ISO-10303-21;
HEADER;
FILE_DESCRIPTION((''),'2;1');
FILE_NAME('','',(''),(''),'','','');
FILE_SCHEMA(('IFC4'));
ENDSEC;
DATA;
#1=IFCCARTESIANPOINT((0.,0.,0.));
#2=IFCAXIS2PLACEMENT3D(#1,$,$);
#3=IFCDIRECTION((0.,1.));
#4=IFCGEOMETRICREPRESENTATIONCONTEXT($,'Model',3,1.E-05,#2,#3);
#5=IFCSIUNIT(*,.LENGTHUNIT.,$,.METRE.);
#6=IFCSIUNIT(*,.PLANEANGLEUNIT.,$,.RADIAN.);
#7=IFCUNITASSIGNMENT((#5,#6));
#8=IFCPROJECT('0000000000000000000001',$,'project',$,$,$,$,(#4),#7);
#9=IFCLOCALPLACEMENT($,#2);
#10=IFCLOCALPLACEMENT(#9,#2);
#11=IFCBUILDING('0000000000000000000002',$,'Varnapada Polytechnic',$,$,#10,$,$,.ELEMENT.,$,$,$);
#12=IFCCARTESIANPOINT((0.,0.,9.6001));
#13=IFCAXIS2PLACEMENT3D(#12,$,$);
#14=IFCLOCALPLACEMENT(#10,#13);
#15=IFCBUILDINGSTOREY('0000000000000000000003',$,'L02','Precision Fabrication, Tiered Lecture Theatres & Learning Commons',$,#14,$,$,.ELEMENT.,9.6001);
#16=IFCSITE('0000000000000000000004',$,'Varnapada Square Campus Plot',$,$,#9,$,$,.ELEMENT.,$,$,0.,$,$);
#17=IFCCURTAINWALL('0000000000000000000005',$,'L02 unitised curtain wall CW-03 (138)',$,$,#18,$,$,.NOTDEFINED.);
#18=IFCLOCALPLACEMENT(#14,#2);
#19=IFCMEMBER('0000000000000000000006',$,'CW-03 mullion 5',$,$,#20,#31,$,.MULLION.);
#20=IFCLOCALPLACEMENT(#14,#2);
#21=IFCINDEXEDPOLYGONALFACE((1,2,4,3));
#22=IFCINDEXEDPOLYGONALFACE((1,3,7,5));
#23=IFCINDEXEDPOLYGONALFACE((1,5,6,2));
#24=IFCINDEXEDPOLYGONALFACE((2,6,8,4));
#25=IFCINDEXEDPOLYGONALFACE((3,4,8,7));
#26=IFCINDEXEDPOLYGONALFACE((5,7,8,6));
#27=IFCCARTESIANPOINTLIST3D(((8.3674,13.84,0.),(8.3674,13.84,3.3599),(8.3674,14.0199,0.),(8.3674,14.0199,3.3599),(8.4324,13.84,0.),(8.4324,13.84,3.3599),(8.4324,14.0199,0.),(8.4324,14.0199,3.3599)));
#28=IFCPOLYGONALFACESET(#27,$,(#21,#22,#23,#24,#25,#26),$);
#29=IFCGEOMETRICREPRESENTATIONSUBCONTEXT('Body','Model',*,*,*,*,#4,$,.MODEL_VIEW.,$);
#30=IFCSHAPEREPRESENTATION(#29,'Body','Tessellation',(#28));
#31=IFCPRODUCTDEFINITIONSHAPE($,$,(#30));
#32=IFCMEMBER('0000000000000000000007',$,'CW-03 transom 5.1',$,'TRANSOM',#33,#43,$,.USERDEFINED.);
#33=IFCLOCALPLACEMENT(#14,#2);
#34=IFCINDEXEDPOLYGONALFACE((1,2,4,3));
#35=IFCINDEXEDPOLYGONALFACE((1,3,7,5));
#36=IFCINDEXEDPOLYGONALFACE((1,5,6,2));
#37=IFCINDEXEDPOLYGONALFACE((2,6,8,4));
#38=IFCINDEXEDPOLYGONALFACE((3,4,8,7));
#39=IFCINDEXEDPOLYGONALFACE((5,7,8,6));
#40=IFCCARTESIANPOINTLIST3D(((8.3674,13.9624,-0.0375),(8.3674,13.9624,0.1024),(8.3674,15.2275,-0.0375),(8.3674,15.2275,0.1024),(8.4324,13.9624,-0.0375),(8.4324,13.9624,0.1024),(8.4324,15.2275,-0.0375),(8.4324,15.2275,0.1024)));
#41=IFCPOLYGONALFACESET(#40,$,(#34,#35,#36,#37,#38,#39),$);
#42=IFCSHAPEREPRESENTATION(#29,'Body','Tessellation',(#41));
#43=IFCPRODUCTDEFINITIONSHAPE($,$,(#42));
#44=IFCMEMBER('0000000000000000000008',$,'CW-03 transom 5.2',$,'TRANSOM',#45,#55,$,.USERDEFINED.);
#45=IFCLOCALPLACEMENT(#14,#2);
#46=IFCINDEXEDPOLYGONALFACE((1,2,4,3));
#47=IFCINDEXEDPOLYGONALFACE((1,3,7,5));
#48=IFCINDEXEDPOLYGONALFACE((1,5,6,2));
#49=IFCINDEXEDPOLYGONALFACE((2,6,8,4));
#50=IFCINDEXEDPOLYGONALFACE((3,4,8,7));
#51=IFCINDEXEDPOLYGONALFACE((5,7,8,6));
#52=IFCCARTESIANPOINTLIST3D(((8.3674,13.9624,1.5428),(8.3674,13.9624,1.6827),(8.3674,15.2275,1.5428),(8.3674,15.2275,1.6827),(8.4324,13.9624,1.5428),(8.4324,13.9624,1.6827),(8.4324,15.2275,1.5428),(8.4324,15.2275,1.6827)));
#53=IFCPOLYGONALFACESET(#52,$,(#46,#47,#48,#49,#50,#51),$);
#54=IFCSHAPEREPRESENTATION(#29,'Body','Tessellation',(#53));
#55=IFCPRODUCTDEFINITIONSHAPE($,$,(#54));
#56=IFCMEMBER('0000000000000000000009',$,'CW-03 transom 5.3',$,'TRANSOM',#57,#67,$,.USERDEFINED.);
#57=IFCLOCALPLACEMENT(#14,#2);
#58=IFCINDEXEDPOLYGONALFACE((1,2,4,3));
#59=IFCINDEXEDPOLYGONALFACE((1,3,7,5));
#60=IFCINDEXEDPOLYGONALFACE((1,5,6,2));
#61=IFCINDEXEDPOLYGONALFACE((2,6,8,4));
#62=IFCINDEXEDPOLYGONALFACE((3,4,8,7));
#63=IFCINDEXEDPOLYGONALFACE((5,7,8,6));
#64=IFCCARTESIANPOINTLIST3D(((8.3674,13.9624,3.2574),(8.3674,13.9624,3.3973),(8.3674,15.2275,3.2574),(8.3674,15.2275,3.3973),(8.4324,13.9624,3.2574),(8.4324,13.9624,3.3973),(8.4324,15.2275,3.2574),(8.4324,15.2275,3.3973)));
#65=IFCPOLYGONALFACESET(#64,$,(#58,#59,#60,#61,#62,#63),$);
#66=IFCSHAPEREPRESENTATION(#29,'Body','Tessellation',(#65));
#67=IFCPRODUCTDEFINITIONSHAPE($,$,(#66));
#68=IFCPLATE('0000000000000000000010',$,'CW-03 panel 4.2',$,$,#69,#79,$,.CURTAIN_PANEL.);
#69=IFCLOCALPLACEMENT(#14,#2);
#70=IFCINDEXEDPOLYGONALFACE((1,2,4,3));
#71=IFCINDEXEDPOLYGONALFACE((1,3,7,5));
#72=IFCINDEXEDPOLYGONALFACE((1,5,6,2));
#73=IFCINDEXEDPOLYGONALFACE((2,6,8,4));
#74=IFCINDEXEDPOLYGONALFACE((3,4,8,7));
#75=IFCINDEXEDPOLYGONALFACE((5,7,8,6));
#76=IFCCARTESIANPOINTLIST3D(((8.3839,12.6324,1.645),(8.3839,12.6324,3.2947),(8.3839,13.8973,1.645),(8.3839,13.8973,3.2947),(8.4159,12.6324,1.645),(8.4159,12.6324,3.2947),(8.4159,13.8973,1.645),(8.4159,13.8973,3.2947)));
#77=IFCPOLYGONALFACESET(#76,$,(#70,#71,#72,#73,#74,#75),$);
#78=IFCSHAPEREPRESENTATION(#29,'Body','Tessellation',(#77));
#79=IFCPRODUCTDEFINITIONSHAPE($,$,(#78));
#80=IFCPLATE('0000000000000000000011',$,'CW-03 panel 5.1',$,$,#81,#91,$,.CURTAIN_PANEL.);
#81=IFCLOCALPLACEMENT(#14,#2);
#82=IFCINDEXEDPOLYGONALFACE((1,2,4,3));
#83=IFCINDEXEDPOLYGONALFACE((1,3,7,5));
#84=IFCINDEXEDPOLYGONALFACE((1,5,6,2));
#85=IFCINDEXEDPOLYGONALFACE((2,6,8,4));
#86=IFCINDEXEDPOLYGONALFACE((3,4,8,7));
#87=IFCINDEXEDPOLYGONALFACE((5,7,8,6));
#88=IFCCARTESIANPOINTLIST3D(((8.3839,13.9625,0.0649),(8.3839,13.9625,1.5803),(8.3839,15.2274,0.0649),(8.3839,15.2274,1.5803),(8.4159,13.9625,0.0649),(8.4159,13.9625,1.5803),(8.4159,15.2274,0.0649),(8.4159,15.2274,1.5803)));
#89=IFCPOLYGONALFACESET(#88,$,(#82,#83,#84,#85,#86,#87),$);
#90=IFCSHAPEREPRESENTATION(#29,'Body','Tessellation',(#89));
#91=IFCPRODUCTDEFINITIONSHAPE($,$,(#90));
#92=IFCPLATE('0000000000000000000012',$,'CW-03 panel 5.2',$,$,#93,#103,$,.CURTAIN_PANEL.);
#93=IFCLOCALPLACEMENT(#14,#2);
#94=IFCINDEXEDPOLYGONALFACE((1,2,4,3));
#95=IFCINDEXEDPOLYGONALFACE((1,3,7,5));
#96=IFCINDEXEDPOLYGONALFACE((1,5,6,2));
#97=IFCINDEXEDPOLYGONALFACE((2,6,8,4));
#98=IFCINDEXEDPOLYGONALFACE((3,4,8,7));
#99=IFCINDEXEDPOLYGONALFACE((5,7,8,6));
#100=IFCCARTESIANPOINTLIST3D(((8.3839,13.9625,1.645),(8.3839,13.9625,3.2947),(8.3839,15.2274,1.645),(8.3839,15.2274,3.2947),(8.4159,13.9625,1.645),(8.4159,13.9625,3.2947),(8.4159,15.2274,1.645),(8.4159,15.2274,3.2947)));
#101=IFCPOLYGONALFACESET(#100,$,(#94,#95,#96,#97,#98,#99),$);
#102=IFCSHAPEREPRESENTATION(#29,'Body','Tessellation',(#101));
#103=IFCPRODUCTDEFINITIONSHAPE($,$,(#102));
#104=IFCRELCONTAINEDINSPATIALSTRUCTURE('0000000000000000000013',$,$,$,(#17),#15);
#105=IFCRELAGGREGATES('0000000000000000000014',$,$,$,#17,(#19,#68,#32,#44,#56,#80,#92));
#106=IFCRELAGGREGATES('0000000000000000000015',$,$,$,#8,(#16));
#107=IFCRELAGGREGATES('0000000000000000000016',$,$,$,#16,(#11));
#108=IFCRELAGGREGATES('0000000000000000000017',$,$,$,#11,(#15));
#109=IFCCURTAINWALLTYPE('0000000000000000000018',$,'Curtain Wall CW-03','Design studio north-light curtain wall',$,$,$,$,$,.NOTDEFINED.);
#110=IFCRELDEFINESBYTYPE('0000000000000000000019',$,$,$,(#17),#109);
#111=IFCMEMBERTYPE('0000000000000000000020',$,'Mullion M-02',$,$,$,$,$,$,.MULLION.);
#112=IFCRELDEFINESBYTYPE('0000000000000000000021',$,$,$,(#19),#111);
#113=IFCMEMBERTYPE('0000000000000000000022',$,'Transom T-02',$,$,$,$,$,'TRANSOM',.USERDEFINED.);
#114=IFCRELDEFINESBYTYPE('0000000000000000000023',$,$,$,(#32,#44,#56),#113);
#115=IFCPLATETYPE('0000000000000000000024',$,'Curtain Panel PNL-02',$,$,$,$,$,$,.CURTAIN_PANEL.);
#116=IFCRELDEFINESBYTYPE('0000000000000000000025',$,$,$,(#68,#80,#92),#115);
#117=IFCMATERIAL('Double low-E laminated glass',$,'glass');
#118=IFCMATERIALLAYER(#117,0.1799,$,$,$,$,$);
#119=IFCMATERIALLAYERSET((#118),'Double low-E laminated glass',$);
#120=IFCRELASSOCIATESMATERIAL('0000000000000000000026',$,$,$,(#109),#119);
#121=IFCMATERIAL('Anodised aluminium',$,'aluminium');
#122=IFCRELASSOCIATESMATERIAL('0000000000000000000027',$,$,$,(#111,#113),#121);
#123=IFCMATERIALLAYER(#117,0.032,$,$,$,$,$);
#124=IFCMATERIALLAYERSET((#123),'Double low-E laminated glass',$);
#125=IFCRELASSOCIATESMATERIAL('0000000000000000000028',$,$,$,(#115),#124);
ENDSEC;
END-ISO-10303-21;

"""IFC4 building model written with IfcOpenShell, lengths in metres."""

from ifc_helpers import new_model, si_unit, direction, frame, origin, origin_2d, place, context, subcontext, project, spatial, rectangle, extrude, material, layer, layer_set, material_profile, profile_set, type_object, element, aggregate, save


model = new_model("IFC4")

# Units and contexts
model_context = context("Model", 3, precision=1e-05, world=origin(), true_north=direction((0.0, 1.0)))
body_context = subcontext(model_context, "Body", "Model", "MODEL_VIEW")
ifc_project = project(units=[si_unit("LENGTHUNIT", "METRE"), si_unit("PLANEANGLEUNIT", "RADIAN")], contexts=[model_context])

# Site, building, storey
site_placement = place(None, origin())
site = spatial("IfcSite", under=ifc_project, at=site_placement, Name="Varnapada Square Campus Plot", CompositionType="ELEMENT", RefElevation=0.0)
building_placement = place(site_placement, origin())
building = spatial("IfcBuilding", under=site, at=building_placement, Name="Varnapada Polytechnic", CompositionType="ELEMENT")
storey_placement = place(building_placement, frame((0.0, 0.0, 9.6001)))
storey = spatial("IfcBuildingStorey", under=building, at=storey_placement, Name="L02", Description="Precision Fabrication, Tiered Lecture Theatres & Learning Commons", CompositionType="ELEMENT", Elevation=9.6001)

# Curtain wall, members, plates
ifc_material_1 = material(Name="Double low-E laminated glass", Category="glass")
ifc_layer_1 = layer(ifc_material_1, 0.1799)
ifc_layer_set_1 = layer_set([ifc_layer_1], Name="Double low-E laminated glass")
curtain_wall_type = type_object("IfcCurtainWallType", Name="Curtain Wall CW-03", Description="Design studio north-light curtain wall", PredefinedType="NOTDEFINED", material=ifc_layer_set_1)
curtain_wall_placement = place(storey_placement, origin())
curtain_wall = element("IfcCurtainWall", 1, at=curtain_wall_placement, inside=storey, type_object=curtain_wall_type, Name="L02 unitised curtain wall CW-03 (138)", PredefinedType="NOTDEFINED")
ifc_material_2 = material(Name="Anodised aluminium", Category="aluminium")
ifc_material_profile_1 = material_profile(ifc_material_2, rectangle(XDim=0.0649, YDim=0.1799, at=origin_2d()), Name="ALU M65x180")
ifc_profile_set_1 = profile_set([ifc_material_profile_1], Name="Anodised aluminium")
member_type_1 = type_object("IfcMemberType", Name="Mullion M-02", PredefinedType="MULLION", material=ifc_profile_set_1)
member_1_placement = place(storey_placement, frame((8.3999, 13.9299, 0.0), z_axis=(0.0, 0.0, 1.0), x_axis=(-1.0, 0.0, 0.0)))
member_1 = element("IfcMember", 2, at=member_1_placement, type_object=member_type_1, Name="CW-03 mullion 5", PredefinedType="MULLION", context=body_context, shape_type="SweptSolid", body=[
    extrude(rectangle(XDim=0.0649, YDim=0.1799, at=origin_2d()), origin(), (0.0, 0.0, 1.0), 3.3599),
])
ifc_material_profile_2 = material_profile(ifc_material_2, rectangle(XDim=0.0649, YDim=0.1399, at=origin_2d()), Name="ALU T65x140")
ifc_profile_set_2 = profile_set([ifc_material_profile_2], Name="Anodised aluminium")
member_type_2 = type_object("IfcMemberType", Name="Transom T-02", ElementType="TRANSOM", PredefinedType="USERDEFINED", material=ifc_profile_set_2)
member_2_placement = place(storey_placement, frame((8.3999, 13.9624, 0.0325), z_axis=(0.0, 1.0, 0.0), x_axis=(-1.0, 0.0, 0.0)))
member_2 = element("IfcMember", 3, at=member_2_placement, type_object=member_type_2, Name="CW-03 transom 5.1", ObjectType="TRANSOM", PredefinedType="USERDEFINED", context=body_context, shape_type="SweptSolid", body=[
    extrude(rectangle(XDim=0.0649, YDim=0.1399, at=origin_2d()), origin(), (0.0, 0.0, 1.0), 1.2651),
])
member_3_placement = place(storey_placement, frame((8.3999, 13.9624, 1.6128), z_axis=(0.0, 1.0, 0.0), x_axis=(-1.0, 0.0, 0.0)))
member_3 = element("IfcMember", 4, at=member_3_placement, type_object=member_type_2, Name="CW-03 transom 5.2", ObjectType="TRANSOM", PredefinedType="USERDEFINED", context=body_context, shape_type="SweptSolid", body=[
    extrude(rectangle(XDim=0.0649, YDim=0.1399, at=origin_2d()), origin(), (0.0, 0.0, 1.0), 1.2651),
])
member_4_placement = place(storey_placement, frame((8.3999, 13.9624, 3.3274), z_axis=(0.0, 1.0, 0.0), x_axis=(-1.0, 0.0, 0.0)))
member_4 = element("IfcMember", 5, at=member_4_placement, type_object=member_type_2, Name="CW-03 transom 5.3", ObjectType="TRANSOM", PredefinedType="USERDEFINED", context=body_context, shape_type="SweptSolid", body=[
    extrude(rectangle(XDim=0.0649, YDim=0.1399, at=origin_2d()), origin(), (0.0, 0.0, 1.0), 1.2651),
])
ifc_layer_2 = layer(ifc_material_1, 0.032)
ifc_layer_set_2 = layer_set([ifc_layer_2], Name="Double low-E laminated glass")
plate_type = type_object("IfcPlateType", Name="Curtain Panel PNL-02", PredefinedType="CURTAIN_PANEL", material=ifc_layer_set_2)
plate_1_placement = place(storey_placement, frame((8.3999, 13.2649, 1.645), z_axis=(0.0, 0.0, 1.0), x_axis=(0.0, 1.0, 0.0)))
plate_1 = element("IfcPlate", 6, at=plate_1_placement, type_object=plate_type, Name="CW-03 panel 4.2", PredefinedType="CURTAIN_PANEL", context=body_context, shape_type="SweptSolid", body=[
    extrude(rectangle(XDim=1.2649, YDim=0.032, at=origin_2d()), origin(), (0.0, 0.0, 1.0), 1.6497),
])
plate_2_placement = place(storey_placement, frame((8.3999, 14.595, 0.0649), z_axis=(0.0, 0.0, 1.0), x_axis=(0.0, 1.0, 0.0)))
plate_2 = element("IfcPlate", 7, at=plate_2_placement, type_object=plate_type, Name="CW-03 panel 5.1", PredefinedType="CURTAIN_PANEL", context=body_context, shape_type="SweptSolid", body=[
    extrude(rectangle(XDim=1.2649, YDim=0.032, at=origin_2d()), origin(), (0.0, 0.0, 1.0), 1.5154),
])
plate_3_placement = place(storey_placement, frame((8.3999, 14.595, 1.645), z_axis=(0.0, 0.0, 1.0), x_axis=(0.0, 1.0, 0.0)))
plate_3 = element("IfcPlate", 8, at=plate_3_placement, type_object=plate_type, Name="CW-03 panel 5.2", PredefinedType="CURTAIN_PANEL", context=body_context, shape_type="SweptSolid", body=[
    extrude(rectangle(XDim=1.2649, YDim=0.032, at=origin_2d()), origin(), (0.0, 0.0, 1.0), 1.6497),
])
aggregate(curtain_wall, [member_1, plate_1, member_2, member_3, member_4, plate_2, plate_3])

save(model, "model.ifc")
